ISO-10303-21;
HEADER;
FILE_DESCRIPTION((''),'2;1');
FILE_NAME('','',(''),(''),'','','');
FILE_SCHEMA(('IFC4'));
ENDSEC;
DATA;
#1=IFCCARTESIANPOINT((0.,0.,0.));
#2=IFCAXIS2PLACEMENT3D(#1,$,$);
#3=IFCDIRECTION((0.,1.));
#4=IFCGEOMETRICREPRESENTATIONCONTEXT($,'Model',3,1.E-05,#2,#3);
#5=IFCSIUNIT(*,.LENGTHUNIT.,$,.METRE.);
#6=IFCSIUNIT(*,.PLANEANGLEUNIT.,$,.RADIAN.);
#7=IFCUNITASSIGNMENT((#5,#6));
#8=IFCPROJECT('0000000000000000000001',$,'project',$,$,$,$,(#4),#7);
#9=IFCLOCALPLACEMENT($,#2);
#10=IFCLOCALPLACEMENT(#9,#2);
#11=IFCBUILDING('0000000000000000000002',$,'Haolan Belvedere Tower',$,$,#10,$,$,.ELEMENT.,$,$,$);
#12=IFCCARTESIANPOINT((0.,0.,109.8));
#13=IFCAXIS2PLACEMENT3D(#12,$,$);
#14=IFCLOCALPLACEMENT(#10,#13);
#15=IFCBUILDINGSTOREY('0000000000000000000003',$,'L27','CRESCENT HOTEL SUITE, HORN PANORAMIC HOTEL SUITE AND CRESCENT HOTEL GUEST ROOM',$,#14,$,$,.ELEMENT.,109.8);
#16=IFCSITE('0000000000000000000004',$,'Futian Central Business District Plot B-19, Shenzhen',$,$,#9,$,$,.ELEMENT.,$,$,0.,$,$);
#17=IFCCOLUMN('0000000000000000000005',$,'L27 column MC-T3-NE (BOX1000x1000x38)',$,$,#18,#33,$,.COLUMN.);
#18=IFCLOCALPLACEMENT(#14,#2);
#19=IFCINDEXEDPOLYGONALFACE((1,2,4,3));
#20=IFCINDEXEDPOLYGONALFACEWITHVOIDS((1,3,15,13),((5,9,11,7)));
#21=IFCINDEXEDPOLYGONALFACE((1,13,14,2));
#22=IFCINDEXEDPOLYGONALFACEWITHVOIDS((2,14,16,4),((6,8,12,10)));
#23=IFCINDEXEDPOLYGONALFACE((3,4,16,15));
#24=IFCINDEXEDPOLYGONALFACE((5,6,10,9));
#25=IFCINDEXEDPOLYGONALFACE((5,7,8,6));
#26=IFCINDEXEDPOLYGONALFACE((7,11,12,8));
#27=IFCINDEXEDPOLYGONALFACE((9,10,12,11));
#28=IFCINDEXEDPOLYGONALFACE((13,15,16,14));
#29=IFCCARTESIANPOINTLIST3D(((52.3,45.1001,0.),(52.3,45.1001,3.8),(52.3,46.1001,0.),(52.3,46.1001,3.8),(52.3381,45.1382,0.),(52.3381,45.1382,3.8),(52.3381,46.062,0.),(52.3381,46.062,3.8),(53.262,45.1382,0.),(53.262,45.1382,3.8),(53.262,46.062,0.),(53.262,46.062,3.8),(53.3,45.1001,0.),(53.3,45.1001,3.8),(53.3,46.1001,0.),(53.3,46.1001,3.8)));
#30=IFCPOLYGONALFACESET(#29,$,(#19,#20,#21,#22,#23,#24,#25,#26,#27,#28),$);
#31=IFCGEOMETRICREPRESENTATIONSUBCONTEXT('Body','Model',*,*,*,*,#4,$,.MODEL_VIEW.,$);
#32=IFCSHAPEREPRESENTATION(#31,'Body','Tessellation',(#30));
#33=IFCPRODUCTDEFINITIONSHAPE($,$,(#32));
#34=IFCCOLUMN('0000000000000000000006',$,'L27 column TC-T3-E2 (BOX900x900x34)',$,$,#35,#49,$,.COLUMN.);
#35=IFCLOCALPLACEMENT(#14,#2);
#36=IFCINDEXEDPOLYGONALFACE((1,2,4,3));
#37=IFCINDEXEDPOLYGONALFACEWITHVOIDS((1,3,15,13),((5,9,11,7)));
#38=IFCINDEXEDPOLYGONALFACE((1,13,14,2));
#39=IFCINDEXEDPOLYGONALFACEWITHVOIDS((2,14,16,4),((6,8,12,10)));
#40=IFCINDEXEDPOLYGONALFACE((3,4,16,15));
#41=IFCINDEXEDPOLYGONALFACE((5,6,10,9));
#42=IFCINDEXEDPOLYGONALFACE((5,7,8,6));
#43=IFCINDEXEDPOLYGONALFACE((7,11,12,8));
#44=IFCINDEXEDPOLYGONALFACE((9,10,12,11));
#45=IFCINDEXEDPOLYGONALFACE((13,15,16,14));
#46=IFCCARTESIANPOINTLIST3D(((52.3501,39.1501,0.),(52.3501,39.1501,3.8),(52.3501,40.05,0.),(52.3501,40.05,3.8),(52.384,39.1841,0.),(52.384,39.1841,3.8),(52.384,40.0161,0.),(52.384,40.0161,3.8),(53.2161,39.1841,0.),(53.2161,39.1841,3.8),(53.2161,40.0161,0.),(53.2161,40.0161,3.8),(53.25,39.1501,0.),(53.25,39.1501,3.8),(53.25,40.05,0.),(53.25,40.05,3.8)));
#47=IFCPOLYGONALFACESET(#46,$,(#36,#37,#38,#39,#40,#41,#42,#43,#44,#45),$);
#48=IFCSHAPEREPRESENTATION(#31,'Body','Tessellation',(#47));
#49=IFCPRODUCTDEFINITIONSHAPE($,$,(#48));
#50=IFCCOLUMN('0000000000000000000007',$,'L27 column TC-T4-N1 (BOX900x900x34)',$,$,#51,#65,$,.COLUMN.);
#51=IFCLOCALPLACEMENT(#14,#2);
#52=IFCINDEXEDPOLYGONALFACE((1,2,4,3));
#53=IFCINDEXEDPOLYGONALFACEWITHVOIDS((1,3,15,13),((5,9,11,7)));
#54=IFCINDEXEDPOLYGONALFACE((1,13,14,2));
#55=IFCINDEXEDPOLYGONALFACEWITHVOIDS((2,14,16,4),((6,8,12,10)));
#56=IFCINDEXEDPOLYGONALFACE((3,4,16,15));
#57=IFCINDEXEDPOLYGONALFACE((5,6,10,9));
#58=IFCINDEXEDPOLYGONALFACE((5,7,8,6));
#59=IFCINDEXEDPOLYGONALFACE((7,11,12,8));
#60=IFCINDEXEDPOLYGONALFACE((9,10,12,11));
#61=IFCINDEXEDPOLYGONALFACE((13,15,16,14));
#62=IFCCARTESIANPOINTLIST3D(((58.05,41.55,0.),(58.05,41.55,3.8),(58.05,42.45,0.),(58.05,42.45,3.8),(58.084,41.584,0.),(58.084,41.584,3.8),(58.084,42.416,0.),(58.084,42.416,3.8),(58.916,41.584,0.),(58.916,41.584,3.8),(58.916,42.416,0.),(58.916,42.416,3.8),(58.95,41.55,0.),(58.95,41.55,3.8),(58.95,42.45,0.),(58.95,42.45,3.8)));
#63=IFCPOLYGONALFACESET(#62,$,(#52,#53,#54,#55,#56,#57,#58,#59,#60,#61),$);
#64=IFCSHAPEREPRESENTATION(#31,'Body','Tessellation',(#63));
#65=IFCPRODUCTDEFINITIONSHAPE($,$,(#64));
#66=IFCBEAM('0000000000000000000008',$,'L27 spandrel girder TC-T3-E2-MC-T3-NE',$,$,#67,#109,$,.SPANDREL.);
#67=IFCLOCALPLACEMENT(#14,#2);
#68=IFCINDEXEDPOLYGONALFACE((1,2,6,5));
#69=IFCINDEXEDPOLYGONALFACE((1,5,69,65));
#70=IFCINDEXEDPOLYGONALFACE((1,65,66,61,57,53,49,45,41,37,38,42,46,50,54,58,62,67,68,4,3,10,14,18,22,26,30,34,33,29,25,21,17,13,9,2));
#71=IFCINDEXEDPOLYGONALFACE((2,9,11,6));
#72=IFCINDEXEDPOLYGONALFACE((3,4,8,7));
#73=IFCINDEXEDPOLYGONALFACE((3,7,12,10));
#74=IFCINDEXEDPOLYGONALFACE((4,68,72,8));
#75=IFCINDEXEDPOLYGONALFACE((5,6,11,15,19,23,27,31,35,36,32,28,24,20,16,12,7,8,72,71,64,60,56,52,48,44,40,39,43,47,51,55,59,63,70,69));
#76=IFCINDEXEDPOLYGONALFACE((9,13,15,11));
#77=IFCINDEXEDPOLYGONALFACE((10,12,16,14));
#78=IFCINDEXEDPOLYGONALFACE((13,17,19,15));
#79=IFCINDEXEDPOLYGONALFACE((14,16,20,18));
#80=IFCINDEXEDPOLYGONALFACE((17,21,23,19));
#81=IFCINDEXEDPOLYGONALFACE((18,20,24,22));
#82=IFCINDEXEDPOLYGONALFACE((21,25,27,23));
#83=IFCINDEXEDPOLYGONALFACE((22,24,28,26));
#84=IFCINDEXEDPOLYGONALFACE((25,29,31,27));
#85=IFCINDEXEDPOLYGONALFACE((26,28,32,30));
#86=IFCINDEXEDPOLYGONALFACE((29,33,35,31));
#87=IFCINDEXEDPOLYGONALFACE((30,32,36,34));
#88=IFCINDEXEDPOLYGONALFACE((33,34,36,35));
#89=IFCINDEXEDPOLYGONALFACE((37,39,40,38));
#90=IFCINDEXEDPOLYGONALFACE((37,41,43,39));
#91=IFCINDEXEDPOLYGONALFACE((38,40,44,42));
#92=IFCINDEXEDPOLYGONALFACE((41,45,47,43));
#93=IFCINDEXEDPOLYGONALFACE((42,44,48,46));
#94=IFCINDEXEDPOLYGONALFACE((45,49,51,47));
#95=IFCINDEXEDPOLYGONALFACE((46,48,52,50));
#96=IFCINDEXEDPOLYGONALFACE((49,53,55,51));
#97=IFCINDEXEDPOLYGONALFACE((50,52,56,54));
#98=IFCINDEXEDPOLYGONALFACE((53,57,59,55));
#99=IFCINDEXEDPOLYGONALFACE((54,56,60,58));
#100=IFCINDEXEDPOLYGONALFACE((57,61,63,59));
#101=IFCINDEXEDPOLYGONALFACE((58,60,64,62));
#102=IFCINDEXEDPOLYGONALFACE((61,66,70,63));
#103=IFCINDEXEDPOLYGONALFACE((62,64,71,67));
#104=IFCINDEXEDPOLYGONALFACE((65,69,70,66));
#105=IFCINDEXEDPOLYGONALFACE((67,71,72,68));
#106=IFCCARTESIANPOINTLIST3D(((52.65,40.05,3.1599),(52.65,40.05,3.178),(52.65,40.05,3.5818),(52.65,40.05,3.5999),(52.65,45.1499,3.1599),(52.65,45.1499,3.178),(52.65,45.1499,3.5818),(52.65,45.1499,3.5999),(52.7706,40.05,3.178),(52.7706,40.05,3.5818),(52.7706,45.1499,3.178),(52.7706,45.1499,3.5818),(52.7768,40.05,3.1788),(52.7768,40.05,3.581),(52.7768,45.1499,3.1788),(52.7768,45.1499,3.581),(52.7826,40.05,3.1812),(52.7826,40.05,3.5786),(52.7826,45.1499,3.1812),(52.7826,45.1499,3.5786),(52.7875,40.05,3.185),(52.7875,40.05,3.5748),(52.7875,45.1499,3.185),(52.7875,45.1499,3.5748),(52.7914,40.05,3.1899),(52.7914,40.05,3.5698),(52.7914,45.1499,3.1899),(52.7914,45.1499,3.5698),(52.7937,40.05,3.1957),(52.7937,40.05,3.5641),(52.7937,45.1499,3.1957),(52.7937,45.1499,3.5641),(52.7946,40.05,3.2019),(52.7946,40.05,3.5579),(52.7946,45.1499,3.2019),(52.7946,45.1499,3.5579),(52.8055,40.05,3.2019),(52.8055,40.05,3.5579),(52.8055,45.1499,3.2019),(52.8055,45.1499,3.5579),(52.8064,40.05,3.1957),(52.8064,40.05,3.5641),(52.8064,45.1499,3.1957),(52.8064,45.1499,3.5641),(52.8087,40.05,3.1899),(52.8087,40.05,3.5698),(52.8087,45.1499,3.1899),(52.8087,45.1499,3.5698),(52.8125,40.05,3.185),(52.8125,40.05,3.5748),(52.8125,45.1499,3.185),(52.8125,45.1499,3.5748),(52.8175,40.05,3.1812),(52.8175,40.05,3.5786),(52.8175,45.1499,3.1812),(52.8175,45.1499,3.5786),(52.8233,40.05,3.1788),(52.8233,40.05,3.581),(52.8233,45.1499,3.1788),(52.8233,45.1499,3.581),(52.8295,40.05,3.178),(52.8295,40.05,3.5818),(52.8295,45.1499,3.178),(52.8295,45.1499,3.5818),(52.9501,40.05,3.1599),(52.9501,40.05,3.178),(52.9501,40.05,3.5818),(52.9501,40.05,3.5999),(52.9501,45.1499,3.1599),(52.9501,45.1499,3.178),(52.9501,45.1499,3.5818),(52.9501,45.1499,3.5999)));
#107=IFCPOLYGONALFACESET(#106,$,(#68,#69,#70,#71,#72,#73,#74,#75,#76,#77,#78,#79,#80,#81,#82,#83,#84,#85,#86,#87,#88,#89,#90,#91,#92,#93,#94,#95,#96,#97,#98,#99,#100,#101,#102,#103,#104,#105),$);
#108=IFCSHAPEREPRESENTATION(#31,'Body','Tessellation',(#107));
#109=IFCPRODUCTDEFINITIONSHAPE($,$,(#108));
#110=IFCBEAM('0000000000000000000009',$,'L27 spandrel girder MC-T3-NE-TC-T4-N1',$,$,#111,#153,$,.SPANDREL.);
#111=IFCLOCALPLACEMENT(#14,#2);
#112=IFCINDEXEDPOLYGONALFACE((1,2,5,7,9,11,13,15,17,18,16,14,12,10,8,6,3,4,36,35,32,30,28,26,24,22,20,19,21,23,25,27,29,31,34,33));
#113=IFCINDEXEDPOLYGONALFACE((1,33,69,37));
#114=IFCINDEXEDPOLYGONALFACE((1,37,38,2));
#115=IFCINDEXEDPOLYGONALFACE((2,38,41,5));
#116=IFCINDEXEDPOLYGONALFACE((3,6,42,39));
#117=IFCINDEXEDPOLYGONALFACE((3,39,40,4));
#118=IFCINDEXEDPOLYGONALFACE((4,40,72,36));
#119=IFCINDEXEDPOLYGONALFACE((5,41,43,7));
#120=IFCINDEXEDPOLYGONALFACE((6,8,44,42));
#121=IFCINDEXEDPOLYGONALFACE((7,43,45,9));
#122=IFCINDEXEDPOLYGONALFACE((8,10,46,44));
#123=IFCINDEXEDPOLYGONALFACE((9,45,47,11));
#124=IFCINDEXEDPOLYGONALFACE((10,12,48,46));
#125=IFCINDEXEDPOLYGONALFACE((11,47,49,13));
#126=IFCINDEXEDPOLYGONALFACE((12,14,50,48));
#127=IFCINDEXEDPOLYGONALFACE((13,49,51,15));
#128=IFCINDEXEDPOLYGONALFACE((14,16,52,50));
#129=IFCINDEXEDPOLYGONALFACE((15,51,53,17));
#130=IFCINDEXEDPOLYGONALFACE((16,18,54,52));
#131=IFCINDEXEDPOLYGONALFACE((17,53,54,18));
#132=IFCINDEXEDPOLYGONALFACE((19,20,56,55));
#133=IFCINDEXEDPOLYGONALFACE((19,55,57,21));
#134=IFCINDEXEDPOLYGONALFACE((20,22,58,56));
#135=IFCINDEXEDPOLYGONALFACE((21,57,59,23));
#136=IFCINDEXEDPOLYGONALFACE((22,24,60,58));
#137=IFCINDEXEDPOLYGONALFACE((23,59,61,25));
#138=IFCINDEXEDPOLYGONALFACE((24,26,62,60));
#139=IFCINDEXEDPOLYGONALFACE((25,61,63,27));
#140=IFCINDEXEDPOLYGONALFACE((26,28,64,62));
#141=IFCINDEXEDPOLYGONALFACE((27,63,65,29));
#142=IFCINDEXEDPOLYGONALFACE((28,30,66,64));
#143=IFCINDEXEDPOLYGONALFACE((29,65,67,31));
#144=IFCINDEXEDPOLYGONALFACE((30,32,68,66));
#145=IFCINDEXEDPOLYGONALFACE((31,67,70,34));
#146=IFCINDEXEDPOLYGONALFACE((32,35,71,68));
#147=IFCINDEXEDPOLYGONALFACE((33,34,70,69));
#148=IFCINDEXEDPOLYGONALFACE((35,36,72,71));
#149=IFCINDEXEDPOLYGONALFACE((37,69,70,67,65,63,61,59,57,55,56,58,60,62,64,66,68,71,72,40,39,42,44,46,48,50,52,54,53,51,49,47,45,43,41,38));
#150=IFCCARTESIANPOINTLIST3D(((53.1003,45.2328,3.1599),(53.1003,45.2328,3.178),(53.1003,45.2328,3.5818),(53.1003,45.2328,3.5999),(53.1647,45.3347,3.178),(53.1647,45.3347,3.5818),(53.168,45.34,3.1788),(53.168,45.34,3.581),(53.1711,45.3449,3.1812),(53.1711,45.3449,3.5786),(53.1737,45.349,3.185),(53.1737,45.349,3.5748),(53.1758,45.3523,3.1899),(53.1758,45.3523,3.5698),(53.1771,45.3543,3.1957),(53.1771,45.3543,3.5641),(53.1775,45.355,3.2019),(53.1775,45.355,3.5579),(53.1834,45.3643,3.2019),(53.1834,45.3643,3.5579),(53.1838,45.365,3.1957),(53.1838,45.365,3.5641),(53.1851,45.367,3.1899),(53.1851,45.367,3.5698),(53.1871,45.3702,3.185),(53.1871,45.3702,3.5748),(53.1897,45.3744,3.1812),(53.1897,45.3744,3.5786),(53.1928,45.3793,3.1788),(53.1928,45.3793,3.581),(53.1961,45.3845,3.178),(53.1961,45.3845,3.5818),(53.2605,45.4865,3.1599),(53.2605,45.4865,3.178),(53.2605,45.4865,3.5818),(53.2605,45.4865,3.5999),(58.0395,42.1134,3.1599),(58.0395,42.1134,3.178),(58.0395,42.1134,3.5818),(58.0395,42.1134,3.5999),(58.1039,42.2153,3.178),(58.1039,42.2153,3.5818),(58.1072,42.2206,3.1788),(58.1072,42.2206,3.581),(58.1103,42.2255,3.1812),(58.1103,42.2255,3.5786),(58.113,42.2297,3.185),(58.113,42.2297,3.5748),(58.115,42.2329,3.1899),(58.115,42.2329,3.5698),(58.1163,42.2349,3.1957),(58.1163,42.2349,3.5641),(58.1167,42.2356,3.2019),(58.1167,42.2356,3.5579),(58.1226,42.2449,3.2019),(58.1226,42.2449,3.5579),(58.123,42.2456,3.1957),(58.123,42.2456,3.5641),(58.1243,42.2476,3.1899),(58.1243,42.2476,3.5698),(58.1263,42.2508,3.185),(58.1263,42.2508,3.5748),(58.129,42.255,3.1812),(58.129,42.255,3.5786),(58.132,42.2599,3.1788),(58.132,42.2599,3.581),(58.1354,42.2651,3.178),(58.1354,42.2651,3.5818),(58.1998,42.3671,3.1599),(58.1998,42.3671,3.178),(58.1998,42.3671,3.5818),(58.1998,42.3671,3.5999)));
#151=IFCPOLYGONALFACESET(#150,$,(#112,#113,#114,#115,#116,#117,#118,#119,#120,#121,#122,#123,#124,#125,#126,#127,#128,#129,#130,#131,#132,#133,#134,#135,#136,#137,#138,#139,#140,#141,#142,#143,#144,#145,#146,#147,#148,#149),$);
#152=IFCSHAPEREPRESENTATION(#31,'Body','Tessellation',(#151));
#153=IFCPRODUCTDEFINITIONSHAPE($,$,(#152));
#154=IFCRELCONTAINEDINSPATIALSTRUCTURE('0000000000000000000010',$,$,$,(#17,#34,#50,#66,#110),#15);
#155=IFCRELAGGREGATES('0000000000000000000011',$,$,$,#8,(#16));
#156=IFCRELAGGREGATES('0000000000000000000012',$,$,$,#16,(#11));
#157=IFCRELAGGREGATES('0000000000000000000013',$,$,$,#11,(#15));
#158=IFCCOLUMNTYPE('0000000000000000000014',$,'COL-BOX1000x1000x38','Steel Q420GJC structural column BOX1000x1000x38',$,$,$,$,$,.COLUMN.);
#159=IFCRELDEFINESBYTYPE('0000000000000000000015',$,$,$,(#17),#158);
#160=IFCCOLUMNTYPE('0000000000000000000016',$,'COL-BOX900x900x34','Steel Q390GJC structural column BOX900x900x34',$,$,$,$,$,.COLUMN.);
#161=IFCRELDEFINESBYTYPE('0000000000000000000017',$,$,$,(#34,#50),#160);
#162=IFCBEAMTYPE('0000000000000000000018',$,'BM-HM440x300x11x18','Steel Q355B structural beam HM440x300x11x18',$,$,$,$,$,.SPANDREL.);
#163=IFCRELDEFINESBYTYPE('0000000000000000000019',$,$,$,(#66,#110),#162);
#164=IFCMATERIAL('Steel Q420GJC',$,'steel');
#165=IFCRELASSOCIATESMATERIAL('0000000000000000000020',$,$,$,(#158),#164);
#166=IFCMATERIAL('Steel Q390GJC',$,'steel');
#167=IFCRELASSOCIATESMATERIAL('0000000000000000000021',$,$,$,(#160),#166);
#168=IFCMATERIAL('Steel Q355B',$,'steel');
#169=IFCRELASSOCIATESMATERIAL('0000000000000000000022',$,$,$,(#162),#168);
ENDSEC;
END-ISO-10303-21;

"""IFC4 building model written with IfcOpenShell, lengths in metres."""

from ifc_helpers import new_model, si_unit, direction, frame, origin, origin_2d, place, context, subcontext, project, spatial, hollow_rectangle, i_section, extrude, material, material_profile, profile_set, type_object, element, save


model = new_model("IFC4")

# Units and contexts
model_context = context("Model", 3, precision=1e-05, world=origin(), true_north=direction((0.0, 1.0)))
body_context = subcontext(model_context, "Body", "Model", "MODEL_VIEW")
ifc_project = project(units=[si_unit("LENGTHUNIT", "METRE"), si_unit("PLANEANGLEUNIT", "RADIAN")], contexts=[model_context])

# Site, building, storey
site_placement = place(None, origin())
site = spatial("IfcSite", under=ifc_project, at=site_placement, Name="Futian Central Business District Plot B-19, Shenzhen", CompositionType="ELEMENT", RefElevation=0.0)
building_placement = place(site_placement, origin())
building = spatial("IfcBuilding", under=site, at=building_placement, Name="Haolan Belvedere Tower", CompositionType="ELEMENT")
storey_placement = place(building_placement, frame((0.0, 0.0, 109.8)))
storey = spatial("IfcBuildingStorey", under=building, at=storey_placement, Name="L27", Description="CRESCENT HOTEL SUITE, HORN PANORAMIC HOTEL SUITE AND CRESCENT HOTEL GUEST ROOM", CompositionType="ELEMENT", Elevation=109.8)

# Columns
ifc_material_1 = material(Name="Steel Q420GJC", Category="steel")
ifc_material_profile_1 = material_profile(ifc_material_1, hollow_rectangle(XDim=1.0, YDim=1.0, WallThickness=0.0381, at=origin_2d()), Name="Steel Q420GJC")
ifc_profile_set_1 = profile_set([ifc_material_profile_1], Name="Steel Q420GJC")
column_type_1 = type_object("IfcColumnType", Name="COL-BOX1000x1000x38", Description="Steel Q420GJC structural column BOX1000x1000x38", PredefinedType="COLUMN", material=ifc_profile_set_1)
column_placement = place(storey_placement, frame((52.8, 45.6001, 0.0), z_axis=(0.0, 0.0, 1.0), x_axis=(1.0, 0.0, 0.0)))
element("IfcColumn", 1, at=column_placement, inside=storey, type_object=column_type_1, Name="L27 column MC-T3-NE (BOX1000x1000x38)", PredefinedType="COLUMN", context=body_context, shape_type="SweptSolid", body=[
    extrude(hollow_rectangle(XDim=1.0, YDim=1.0, WallThickness=0.0381, at=origin_2d()), origin(), (0.0, 0.0, 1.0), 3.8),
])
ifc_material_2 = material(Name="Steel Q390GJC", Category="steel")
ifc_material_profile_2 = material_profile(ifc_material_2, hollow_rectangle(XDim=0.8999, YDim=0.8999, WallThickness=0.0339, at=origin_2d()), Name="Steel Q390GJC")
ifc_profile_set_2 = profile_set([ifc_material_profile_2], Name="Steel Q390GJC")
column_type_2 = type_object("IfcColumnType", Name="COL-BOX900x900x34", Description="Steel Q390GJC structural column BOX900x900x34", PredefinedType="COLUMN", material=ifc_profile_set_2)
for number, where, z_axis, x_axis, name in (
    (2, (52.8, 39.6001, 0.0), (0.0, 0.0, 1.0), (1.0, 0.0, 0.0), "L27 column TC-T3-E2 (BOX900x900x34)"),
    (3, (58.5, 42.0, 0.0), (0.0, 0.0, 1.0), (1.0, 0.0, 0.0), "L27 column TC-T4-N1 (BOX900x900x34)"),
):
    element("IfcColumn", number, at=place(storey_placement, frame(where, z_axis=z_axis, x_axis=x_axis)), inside=storey, type_object=column_type_2, Name=name, PredefinedType="COLUMN", context=body_context, shape_type="SweptSolid", body=[
        extrude(hollow_rectangle(XDim=0.8999, YDim=0.8999, WallThickness=0.0339, at=origin_2d()), origin(), (0.0, 0.0, 1.0), 3.8),
    ])

# Beams
ifc_material_3 = material(Name="Steel Q355B", Category="steel")
ifc_material_profile_3 = material_profile(ifc_material_3, i_section(OverallWidth=0.3, OverallDepth=0.4399, WebThickness=0.011, FlangeThickness=0.0181, FilletRadius=0.0239, at=origin_2d()), Name="Steel Q355B")
ifc_profile_set_3 = profile_set([ifc_material_profile_3], Name="Steel Q355B")
beam_type_1 = type_object("IfcBeamType", Name="BM-HM440x300x11x18", Description="Steel Q355B structural beam HM440x300x11x18", PredefinedType="SPANDREL", material=ifc_profile_set_3)
beam_1_placement = place(storey_placement, frame((52.8, 40.05, 3.3799), z_axis=(0.0, 1.0, 0.0), x_axis=(-1.0, 0.0, 0.0)))
element("IfcBeam", 4, at=beam_1_placement, inside=storey, type_object=beam_type_1, Name="L27 spandrel girder TC-T3-E2-MC-T3-NE", PredefinedType="SPANDREL", context=body_context, shape_type="SweptSolid", body=[
    extrude(i_section(OverallWidth=0.3, OverallDepth=0.4399, WebThickness=0.011, FlangeThickness=0.0181, FilletRadius=0.0239, at=origin_2d()), origin(), (0.0, 0.0, 1.0), 5.0999),
])
beam_2_placement = place(storey_placement, frame((53.1804, 45.3596, 3.3799), z_axis=(0.845498, -0.533979, 0.0), x_axis=(0.533979, 0.845498, 0.0)))
element("IfcBeam", 5, at=beam_2_placement, inside=storey, type_object=beam_type_1, Name="L27 spandrel girder MC-T3-NE-TC-T4-N1", PredefinedType="SPANDREL", context=body_context, shape_type="SweptSolid", body=[
    extrude(i_section(OverallWidth=0.3, OverallDepth=0.4399, WebThickness=0.011, FlangeThickness=0.0181, FilletRadius=0.0239, at=origin_2d()), origin(), (0.0, 0.0, 1.0), 5.8418),
])

save(model, "model.ifc")
